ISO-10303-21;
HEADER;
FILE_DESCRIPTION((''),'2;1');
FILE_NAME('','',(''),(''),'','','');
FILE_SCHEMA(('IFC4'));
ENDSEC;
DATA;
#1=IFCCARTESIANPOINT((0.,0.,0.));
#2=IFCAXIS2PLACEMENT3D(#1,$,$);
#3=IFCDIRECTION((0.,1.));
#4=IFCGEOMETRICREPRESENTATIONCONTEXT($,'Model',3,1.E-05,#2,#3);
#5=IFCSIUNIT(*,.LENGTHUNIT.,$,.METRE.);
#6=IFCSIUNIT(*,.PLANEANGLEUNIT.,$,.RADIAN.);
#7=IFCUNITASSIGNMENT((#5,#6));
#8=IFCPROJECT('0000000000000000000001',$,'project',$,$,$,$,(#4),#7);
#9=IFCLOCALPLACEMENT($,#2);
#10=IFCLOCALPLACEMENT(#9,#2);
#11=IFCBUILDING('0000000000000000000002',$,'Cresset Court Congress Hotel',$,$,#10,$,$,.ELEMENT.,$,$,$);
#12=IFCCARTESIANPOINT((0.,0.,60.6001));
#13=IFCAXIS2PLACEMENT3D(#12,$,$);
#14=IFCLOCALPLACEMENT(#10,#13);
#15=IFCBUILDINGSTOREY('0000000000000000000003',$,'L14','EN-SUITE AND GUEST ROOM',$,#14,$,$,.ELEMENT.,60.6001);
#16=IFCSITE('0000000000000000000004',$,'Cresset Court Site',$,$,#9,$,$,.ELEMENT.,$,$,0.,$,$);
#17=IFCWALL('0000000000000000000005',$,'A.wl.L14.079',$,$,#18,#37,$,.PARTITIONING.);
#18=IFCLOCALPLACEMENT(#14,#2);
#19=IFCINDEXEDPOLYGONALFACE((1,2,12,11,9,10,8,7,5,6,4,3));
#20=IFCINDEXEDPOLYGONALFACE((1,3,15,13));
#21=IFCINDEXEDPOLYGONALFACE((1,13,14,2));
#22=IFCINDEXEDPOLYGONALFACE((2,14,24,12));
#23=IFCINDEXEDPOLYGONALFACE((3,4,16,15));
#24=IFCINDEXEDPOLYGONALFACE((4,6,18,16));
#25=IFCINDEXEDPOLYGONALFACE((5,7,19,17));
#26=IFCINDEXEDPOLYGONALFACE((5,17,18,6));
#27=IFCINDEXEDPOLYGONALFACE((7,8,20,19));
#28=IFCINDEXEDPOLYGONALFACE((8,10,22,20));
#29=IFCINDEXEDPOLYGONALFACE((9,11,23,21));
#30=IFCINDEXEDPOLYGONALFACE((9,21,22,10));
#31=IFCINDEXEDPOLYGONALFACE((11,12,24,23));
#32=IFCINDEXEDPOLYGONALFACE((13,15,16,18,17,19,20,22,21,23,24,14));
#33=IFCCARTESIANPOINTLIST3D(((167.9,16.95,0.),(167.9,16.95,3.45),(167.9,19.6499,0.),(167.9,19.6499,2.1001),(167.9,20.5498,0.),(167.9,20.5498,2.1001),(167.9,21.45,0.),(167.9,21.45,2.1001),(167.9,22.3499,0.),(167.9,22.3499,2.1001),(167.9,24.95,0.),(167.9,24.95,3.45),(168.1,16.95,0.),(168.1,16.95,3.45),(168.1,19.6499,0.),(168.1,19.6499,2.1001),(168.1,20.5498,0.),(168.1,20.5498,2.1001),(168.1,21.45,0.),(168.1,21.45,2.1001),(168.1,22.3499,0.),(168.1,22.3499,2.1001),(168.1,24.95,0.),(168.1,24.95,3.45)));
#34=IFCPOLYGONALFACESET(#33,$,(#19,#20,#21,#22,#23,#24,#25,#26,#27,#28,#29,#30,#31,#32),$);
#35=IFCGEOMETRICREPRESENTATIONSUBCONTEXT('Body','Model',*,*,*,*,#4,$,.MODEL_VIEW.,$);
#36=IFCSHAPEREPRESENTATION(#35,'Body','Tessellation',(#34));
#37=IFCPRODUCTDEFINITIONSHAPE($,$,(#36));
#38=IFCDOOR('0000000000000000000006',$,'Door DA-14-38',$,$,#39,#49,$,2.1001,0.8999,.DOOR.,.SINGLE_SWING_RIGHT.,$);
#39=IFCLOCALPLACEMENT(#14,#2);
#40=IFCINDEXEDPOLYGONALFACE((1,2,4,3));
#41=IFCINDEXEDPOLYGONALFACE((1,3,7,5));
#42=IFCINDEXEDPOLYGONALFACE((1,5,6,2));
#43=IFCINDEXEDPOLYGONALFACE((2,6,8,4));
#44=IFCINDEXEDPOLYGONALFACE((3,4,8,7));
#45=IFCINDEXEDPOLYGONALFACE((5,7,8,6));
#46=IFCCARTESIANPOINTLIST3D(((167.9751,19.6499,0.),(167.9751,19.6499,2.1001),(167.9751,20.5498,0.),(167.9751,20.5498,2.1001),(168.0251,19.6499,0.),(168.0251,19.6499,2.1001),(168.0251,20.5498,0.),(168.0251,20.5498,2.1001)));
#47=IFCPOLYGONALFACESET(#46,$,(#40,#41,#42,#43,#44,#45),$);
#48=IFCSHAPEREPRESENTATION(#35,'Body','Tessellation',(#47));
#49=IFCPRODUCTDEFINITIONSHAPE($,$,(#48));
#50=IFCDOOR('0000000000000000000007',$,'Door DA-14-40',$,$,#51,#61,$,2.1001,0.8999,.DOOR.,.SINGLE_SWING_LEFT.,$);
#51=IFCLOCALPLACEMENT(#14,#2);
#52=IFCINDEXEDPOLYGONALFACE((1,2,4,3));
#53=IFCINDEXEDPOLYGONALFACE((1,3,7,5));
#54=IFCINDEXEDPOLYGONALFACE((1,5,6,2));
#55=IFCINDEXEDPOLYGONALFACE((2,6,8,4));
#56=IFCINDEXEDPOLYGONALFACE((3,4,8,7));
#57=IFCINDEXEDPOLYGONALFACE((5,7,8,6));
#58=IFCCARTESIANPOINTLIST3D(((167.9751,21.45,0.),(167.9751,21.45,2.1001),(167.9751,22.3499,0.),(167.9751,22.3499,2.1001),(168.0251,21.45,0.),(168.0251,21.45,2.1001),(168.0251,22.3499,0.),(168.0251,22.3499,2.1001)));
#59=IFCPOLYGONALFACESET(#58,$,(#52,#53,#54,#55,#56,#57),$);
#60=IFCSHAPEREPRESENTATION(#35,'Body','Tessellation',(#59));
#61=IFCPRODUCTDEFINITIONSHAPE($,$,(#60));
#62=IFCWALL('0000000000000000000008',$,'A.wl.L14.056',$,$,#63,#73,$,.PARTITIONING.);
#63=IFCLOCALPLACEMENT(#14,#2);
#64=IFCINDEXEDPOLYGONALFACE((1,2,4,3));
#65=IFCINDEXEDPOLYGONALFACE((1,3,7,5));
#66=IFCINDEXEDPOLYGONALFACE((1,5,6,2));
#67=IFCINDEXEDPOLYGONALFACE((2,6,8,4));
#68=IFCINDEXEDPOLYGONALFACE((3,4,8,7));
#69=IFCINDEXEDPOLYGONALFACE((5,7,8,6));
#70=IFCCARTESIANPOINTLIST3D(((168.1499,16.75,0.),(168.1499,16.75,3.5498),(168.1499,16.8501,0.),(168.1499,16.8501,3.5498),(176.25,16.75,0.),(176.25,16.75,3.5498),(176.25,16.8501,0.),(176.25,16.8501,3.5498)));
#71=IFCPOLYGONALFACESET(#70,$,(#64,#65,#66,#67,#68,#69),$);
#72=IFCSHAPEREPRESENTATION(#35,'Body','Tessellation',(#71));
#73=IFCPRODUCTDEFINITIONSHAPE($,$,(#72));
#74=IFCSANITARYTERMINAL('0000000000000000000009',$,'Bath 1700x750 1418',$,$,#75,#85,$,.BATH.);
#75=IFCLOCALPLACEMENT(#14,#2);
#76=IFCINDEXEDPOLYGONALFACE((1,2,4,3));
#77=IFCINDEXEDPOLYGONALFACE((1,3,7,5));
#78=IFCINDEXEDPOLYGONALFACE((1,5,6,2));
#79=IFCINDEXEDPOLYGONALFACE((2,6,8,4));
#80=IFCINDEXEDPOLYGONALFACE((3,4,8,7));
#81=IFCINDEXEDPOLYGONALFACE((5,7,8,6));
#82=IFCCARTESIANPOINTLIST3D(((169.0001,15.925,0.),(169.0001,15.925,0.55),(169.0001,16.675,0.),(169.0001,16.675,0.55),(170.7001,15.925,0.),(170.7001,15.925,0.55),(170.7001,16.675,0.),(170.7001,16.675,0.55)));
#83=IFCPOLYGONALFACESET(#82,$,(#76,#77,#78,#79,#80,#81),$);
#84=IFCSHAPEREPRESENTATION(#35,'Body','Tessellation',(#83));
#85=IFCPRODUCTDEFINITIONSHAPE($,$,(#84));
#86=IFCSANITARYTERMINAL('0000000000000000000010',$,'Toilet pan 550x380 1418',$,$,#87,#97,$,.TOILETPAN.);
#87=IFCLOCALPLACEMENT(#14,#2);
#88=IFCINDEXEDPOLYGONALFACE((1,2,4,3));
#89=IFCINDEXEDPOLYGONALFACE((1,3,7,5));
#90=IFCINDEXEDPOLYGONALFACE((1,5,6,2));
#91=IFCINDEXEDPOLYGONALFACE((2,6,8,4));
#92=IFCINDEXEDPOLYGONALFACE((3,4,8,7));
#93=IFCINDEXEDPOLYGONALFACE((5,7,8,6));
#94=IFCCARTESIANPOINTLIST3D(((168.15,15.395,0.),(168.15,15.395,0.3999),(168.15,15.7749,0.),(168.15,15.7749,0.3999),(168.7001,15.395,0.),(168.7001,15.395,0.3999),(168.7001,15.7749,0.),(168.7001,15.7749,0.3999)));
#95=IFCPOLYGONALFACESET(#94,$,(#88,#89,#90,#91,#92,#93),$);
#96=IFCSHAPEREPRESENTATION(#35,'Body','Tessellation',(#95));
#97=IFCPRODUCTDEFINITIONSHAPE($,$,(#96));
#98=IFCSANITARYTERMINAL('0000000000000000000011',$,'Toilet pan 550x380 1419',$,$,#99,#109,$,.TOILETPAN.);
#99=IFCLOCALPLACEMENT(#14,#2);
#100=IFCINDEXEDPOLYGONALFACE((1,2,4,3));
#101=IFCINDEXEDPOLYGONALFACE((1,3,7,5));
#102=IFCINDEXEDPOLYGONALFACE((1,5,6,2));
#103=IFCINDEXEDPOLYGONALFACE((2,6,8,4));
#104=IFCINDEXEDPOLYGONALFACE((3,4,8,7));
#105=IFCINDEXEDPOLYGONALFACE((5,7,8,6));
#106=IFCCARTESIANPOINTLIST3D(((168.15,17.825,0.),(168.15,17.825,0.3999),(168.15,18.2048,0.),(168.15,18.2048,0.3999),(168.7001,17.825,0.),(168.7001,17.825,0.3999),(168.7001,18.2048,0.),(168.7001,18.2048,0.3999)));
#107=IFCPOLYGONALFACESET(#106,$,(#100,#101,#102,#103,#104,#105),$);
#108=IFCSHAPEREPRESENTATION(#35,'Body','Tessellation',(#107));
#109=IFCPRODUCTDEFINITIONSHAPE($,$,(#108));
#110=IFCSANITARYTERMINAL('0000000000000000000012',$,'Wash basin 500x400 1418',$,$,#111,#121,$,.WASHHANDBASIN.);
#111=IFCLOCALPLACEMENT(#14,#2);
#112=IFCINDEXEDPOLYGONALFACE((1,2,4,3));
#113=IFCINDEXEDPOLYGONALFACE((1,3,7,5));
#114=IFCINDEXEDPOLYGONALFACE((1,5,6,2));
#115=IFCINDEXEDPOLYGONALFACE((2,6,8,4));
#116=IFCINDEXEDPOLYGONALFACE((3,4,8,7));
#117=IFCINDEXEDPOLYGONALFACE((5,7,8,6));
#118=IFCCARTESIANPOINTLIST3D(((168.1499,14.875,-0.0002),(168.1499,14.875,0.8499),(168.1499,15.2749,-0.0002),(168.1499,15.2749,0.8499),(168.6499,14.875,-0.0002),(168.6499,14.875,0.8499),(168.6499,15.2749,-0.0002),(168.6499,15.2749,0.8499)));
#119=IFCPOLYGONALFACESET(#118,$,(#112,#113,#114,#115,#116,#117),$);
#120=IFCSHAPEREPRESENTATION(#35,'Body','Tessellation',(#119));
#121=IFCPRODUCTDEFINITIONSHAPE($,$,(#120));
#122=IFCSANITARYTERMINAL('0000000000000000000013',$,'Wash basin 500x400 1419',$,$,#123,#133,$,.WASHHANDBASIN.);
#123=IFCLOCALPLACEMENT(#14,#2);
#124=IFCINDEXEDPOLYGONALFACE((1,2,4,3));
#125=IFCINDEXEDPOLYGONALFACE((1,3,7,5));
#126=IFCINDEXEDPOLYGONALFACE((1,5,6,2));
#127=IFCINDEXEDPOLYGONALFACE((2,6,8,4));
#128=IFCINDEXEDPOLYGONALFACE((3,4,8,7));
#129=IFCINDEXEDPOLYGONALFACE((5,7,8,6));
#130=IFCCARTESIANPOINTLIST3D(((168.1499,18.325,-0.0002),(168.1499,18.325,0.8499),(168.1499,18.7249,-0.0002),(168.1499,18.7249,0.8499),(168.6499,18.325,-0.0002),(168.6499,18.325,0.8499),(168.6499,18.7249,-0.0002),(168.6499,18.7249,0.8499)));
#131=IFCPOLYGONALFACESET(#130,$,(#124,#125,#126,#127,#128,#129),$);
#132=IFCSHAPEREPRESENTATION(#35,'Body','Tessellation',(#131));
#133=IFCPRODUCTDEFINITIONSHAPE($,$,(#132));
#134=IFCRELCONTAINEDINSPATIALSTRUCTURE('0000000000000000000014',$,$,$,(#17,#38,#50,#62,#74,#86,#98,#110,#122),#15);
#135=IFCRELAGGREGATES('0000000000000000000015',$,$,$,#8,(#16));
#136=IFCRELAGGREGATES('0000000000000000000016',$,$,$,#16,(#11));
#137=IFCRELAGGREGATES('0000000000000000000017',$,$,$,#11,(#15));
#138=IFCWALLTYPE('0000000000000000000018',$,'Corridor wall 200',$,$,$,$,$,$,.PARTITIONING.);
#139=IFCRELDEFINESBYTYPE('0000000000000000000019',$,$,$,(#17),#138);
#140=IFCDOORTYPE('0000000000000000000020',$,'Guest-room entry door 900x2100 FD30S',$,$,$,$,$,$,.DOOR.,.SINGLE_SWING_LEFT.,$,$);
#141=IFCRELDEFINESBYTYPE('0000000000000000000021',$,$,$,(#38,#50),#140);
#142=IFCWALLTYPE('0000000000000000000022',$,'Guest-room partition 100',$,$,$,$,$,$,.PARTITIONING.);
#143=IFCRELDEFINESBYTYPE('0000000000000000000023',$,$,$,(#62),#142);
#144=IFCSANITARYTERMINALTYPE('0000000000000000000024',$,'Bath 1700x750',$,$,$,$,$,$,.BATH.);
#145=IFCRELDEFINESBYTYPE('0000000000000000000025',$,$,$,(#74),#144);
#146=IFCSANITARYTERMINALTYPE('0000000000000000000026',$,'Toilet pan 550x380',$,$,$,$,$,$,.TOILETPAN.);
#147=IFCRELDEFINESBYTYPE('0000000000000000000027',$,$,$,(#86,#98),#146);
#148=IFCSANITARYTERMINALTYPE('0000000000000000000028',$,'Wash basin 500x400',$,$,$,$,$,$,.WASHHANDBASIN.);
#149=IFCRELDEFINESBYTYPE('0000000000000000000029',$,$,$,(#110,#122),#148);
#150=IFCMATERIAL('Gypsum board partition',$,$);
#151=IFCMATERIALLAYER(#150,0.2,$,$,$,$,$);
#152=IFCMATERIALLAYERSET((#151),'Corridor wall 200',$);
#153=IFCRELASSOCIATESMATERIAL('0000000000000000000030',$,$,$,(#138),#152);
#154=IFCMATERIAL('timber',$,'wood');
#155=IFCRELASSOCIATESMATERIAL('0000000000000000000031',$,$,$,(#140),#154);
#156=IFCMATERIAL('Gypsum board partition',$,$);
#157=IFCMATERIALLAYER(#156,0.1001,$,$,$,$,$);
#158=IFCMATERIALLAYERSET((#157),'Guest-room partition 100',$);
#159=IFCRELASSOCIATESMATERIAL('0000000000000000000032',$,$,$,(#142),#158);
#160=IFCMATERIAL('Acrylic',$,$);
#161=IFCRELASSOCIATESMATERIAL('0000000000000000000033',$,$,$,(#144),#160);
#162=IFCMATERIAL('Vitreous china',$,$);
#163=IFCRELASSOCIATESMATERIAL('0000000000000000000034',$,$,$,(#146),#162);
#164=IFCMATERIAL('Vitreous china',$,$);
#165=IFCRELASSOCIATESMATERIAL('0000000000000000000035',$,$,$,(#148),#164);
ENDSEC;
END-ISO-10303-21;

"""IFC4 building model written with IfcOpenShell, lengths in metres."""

from ifc_helpers import new_model, si_unit, direction, frame, frame_2d, origin, origin_2d, place, context, subcontext, project, spatial, rectangle, extrude, material, layer, layer_set, type_object, element, fill, save


model = new_model("IFC4")

# Units and contexts
model_context = context("Model", 3, precision=1e-05, world=origin(), true_north=direction((0.0, 1.0)))
body_context = subcontext(model_context, "Body", "Model", "MODEL_VIEW")
ifc_project = project(units=[si_unit("LENGTHUNIT", "METRE"), si_unit("PLANEANGLEUNIT", "RADIAN")], contexts=[model_context])

# Site, building, storey
site_placement = place(None, origin())
site = spatial("IfcSite", under=ifc_project, at=site_placement, Name="Cresset Court Site", CompositionType="ELEMENT", RefElevation=0.0)
building_placement = place(site_placement, origin())
building = spatial("IfcBuilding", under=site, at=building_placement, Name="Cresset Court Congress Hotel", CompositionType="ELEMENT")
storey_placement = place(building_placement, frame((0.0, 0.0, 60.6001)))
storey = spatial("IfcBuildingStorey", under=building, at=storey_placement, Name="L14", Description="EN-SUITE AND GUEST ROOM", CompositionType="ELEMENT", Elevation=60.6001)

# Wall, openings, doors
ifc_material_1 = material(Name="Gypsum board partition")
ifc_layer_1 = layer(ifc_material_1, 0.2)
ifc_layer_set_1 = layer_set([ifc_layer_1], Name="Corridor wall 200")
wall_type_1 = type_object("IfcWallType", Name="Corridor wall 200", PredefinedType="PARTITIONING", material=ifc_layer_set_1)
ifc_material_2 = material(Name="timber", Category="wood")
door_type = type_object("IfcDoorType", Name="Guest-room entry door 900x2100 FD30S", OperationType="SINGLE_SWING_LEFT", PredefinedType="DOOR", material=ifc_material_2)
wall_1_placement = place(storey_placement, frame((168.0, 16.95, 0.0), z_axis=(0.0, 0.0, 1.0), x_axis=(0.0, 1.0, 0.0)))
wall_1 = element("IfcWall", 1, at=wall_1_placement, inside=storey, type_object=wall_type_1, Name="A.wl.L14.079", PredefinedType="PARTITIONING", context=body_context, shape_type="SweptSolid", body=[
    extrude(rectangle(XDim=8.0, YDim=0.2, at=frame_2d((4.0, 0.0))), origin(), (0.0, 0.0, 1.0), 3.45),
])
opening_1_placement = place(wall_1_placement, frame((2.7, 0.0, 0.0)))
opening_1 = element("IfcOpeningElement", 2, at=opening_1_placement, cuts=wall_1, PredefinedType="OPENING", context=body_context, shape_type="SweptSolid", body=[
    extrude(rectangle(XDim=0.8999, YDim=2.1001, at=frame_2d((0.45, 1.05))), frame((0.0, 0.1099, 0.0), z_axis=(0.0, -1.0, 0.0), x_axis=(1.0, 0.0, 0.0)), (0.0, 0.0, 1.0), 0.22),
])
opening_2_placement = place(wall_1_placement, frame((4.5, 0.0, 0.0)))
opening_2 = element("IfcOpeningElement", 3, at=opening_2_placement, cuts=wall_1, PredefinedType="OPENING", context=body_context, shape_type="SweptSolid", body=[
    extrude(rectangle(XDim=0.8999, YDim=2.1001, at=frame_2d((0.45, 1.05))), frame((0.0, 0.1099, 0.0), z_axis=(0.0, -1.0, 0.0), x_axis=(1.0, 0.0, 0.0)), (0.0, 0.0, 1.0), 0.22),
])
door_1_placement = place(opening_1_placement, origin())
door_1 = element("IfcDoor", 4, at=door_1_placement, inside=storey, type_object=door_type, Name="Door DA-14-38", OperationType="SINGLE_SWING_RIGHT", OverallHeight=2.1001, OverallWidth=0.8999, PredefinedType="DOOR", context=body_context, shape_type="SweptSolid", body=[
    extrude(rectangle(XDim=0.8999, YDim=2.1001, at=frame_2d((0.45, 1.05))), frame((0.0, 0.0249, 0.0), z_axis=(0.0, -1.0, 0.0), x_axis=(1.0, 0.0, 0.0)), (0.0, 0.0, 1.0), 0.05),
])
fill(opening_1, door_1)
door_2_placement = place(opening_2_placement, origin())
door_2 = element("IfcDoor", 5, at=door_2_placement, inside=storey, type_object=door_type, Name="Door DA-14-40", OperationType="SINGLE_SWING_LEFT", OverallHeight=2.1001, OverallWidth=0.8999, PredefinedType="DOOR", context=body_context, shape_type="SweptSolid", body=[
    extrude(rectangle(XDim=0.8999, YDim=2.1001, at=frame_2d((0.45, 1.05))), frame((0.0, 0.0249, 0.0), z_axis=(0.0, -1.0, 0.0), x_axis=(1.0, 0.0, 0.0)), (0.0, 0.0, 1.0), 0.05),
])
fill(opening_2, door_2)

# Wall
ifc_material_3 = material(Name="Gypsum board partition")
ifc_layer_2 = layer(ifc_material_3, 0.1001)
ifc_layer_set_2 = layer_set([ifc_layer_2], Name="Guest-room partition 100")
wall_type_2 = type_object("IfcWallType", Name="Guest-room partition 100", PredefinedType="PARTITIONING", material=ifc_layer_set_2)
wall_2_placement = place(storey_placement, frame((168.1499, 16.8, 0.0), z_axis=(0.0, 0.0, 1.0), x_axis=(1.0, 0.0, 0.0)))
element("IfcWall", 6, at=wall_2_placement, inside=storey, type_object=wall_type_2, Name="A.wl.L14.056", PredefinedType="PARTITIONING", context=body_context, shape_type="SweptSolid", body=[
    extrude(rectangle(XDim=8.1001, YDim=0.1001, at=frame_2d((4.05, 0.0))), origin(), (0.0, 0.0, 1.0), 3.5498),
])

# Sanitary terminals
ifc_material_4 = material(Name="Acrylic")
sanitary_terminal_type_1 = type_object("IfcSanitaryTerminalType", Name="Bath 1700x750", PredefinedType="BATH", material=ifc_material_4)
sanitary_terminal_placement = place(storey_placement, frame((169.8501, 16.3, 0.0), z_axis=(0.0, 0.0, 1.0), x_axis=(1.0, 0.0, 0.0)))
element("IfcSanitaryTerminal", 7, at=sanitary_terminal_placement, inside=storey, type_object=sanitary_terminal_type_1, Name="Bath 1700x750 1418", PredefinedType="BATH", context=body_context, shape_type="SweptSolid", body=[
    extrude(rectangle(XDim=1.7, YDim=0.75, at=origin_2d()), origin(), (0.0, 0.0, 1.0), 0.55),
])
ifc_material_5 = material(Name="Vitreous china")
sanitary_terminal_type_2 = type_object("IfcSanitaryTerminalType", Name="Toilet pan 550x380", PredefinedType="TOILETPAN", material=ifc_material_5)
for number, where, z_axis, x_axis, name in (
    (8, (168.425, 15.585, 0.0), (0.0, 0.0, 1.0), (1.0, 0.0, 0.0), "Toilet pan 550x380 1418"),
    (9, (168.425, 18.0149, 0.0), (0.0, 0.0, 1.0), (1.0, 0.0, 0.0), "Toilet pan 550x380 1419"),
):
    element("IfcSanitaryTerminal", number, at=place(storey_placement, frame(where, z_axis=z_axis, x_axis=x_axis)), inside=storey, type_object=sanitary_terminal_type_2, Name=name, PredefinedType="TOILETPAN", context=body_context, shape_type="SweptSolid", body=[
        extrude(rectangle(XDim=0.55, YDim=0.3799, at=origin_2d()), origin(), (0.0, 0.0, 1.0), 0.3999),
    ])
ifc_material_6 = material(Name="Vitreous china")
sanitary_terminal_type_3 = type_object("IfcSanitaryTerminalType", Name="Wash basin 500x400", PredefinedType="WASHHANDBASIN", material=ifc_material_6)
for number, where, z_axis, x_axis, name in (
    (10, (168.3999, 15.075, -0.0002), (0.0, 0.0, 1.0), (1.0, 0.0, 0.0), "Wash basin 500x400 1418"),
    (11, (168.3999, 18.5249, -0.0002), (0.0, 0.0, 1.0), (1.0, 0.0, 0.0), "Wash basin 500x400 1419"),
):
    element("IfcSanitaryTerminal", number, at=place(storey_placement, frame(where, z_axis=z_axis, x_axis=x_axis)), inside=storey, type_object=sanitary_terminal_type_3, Name=name, PredefinedType="WASHHANDBASIN", context=body_context, shape_type="SweptSolid", body=[
        extrude(rectangle(XDim=0.5, YDim=0.3999, at=origin_2d()), origin(), (0.0, 0.0, 1.0), 0.8501),
    ])

save(model, "model.ifc")
